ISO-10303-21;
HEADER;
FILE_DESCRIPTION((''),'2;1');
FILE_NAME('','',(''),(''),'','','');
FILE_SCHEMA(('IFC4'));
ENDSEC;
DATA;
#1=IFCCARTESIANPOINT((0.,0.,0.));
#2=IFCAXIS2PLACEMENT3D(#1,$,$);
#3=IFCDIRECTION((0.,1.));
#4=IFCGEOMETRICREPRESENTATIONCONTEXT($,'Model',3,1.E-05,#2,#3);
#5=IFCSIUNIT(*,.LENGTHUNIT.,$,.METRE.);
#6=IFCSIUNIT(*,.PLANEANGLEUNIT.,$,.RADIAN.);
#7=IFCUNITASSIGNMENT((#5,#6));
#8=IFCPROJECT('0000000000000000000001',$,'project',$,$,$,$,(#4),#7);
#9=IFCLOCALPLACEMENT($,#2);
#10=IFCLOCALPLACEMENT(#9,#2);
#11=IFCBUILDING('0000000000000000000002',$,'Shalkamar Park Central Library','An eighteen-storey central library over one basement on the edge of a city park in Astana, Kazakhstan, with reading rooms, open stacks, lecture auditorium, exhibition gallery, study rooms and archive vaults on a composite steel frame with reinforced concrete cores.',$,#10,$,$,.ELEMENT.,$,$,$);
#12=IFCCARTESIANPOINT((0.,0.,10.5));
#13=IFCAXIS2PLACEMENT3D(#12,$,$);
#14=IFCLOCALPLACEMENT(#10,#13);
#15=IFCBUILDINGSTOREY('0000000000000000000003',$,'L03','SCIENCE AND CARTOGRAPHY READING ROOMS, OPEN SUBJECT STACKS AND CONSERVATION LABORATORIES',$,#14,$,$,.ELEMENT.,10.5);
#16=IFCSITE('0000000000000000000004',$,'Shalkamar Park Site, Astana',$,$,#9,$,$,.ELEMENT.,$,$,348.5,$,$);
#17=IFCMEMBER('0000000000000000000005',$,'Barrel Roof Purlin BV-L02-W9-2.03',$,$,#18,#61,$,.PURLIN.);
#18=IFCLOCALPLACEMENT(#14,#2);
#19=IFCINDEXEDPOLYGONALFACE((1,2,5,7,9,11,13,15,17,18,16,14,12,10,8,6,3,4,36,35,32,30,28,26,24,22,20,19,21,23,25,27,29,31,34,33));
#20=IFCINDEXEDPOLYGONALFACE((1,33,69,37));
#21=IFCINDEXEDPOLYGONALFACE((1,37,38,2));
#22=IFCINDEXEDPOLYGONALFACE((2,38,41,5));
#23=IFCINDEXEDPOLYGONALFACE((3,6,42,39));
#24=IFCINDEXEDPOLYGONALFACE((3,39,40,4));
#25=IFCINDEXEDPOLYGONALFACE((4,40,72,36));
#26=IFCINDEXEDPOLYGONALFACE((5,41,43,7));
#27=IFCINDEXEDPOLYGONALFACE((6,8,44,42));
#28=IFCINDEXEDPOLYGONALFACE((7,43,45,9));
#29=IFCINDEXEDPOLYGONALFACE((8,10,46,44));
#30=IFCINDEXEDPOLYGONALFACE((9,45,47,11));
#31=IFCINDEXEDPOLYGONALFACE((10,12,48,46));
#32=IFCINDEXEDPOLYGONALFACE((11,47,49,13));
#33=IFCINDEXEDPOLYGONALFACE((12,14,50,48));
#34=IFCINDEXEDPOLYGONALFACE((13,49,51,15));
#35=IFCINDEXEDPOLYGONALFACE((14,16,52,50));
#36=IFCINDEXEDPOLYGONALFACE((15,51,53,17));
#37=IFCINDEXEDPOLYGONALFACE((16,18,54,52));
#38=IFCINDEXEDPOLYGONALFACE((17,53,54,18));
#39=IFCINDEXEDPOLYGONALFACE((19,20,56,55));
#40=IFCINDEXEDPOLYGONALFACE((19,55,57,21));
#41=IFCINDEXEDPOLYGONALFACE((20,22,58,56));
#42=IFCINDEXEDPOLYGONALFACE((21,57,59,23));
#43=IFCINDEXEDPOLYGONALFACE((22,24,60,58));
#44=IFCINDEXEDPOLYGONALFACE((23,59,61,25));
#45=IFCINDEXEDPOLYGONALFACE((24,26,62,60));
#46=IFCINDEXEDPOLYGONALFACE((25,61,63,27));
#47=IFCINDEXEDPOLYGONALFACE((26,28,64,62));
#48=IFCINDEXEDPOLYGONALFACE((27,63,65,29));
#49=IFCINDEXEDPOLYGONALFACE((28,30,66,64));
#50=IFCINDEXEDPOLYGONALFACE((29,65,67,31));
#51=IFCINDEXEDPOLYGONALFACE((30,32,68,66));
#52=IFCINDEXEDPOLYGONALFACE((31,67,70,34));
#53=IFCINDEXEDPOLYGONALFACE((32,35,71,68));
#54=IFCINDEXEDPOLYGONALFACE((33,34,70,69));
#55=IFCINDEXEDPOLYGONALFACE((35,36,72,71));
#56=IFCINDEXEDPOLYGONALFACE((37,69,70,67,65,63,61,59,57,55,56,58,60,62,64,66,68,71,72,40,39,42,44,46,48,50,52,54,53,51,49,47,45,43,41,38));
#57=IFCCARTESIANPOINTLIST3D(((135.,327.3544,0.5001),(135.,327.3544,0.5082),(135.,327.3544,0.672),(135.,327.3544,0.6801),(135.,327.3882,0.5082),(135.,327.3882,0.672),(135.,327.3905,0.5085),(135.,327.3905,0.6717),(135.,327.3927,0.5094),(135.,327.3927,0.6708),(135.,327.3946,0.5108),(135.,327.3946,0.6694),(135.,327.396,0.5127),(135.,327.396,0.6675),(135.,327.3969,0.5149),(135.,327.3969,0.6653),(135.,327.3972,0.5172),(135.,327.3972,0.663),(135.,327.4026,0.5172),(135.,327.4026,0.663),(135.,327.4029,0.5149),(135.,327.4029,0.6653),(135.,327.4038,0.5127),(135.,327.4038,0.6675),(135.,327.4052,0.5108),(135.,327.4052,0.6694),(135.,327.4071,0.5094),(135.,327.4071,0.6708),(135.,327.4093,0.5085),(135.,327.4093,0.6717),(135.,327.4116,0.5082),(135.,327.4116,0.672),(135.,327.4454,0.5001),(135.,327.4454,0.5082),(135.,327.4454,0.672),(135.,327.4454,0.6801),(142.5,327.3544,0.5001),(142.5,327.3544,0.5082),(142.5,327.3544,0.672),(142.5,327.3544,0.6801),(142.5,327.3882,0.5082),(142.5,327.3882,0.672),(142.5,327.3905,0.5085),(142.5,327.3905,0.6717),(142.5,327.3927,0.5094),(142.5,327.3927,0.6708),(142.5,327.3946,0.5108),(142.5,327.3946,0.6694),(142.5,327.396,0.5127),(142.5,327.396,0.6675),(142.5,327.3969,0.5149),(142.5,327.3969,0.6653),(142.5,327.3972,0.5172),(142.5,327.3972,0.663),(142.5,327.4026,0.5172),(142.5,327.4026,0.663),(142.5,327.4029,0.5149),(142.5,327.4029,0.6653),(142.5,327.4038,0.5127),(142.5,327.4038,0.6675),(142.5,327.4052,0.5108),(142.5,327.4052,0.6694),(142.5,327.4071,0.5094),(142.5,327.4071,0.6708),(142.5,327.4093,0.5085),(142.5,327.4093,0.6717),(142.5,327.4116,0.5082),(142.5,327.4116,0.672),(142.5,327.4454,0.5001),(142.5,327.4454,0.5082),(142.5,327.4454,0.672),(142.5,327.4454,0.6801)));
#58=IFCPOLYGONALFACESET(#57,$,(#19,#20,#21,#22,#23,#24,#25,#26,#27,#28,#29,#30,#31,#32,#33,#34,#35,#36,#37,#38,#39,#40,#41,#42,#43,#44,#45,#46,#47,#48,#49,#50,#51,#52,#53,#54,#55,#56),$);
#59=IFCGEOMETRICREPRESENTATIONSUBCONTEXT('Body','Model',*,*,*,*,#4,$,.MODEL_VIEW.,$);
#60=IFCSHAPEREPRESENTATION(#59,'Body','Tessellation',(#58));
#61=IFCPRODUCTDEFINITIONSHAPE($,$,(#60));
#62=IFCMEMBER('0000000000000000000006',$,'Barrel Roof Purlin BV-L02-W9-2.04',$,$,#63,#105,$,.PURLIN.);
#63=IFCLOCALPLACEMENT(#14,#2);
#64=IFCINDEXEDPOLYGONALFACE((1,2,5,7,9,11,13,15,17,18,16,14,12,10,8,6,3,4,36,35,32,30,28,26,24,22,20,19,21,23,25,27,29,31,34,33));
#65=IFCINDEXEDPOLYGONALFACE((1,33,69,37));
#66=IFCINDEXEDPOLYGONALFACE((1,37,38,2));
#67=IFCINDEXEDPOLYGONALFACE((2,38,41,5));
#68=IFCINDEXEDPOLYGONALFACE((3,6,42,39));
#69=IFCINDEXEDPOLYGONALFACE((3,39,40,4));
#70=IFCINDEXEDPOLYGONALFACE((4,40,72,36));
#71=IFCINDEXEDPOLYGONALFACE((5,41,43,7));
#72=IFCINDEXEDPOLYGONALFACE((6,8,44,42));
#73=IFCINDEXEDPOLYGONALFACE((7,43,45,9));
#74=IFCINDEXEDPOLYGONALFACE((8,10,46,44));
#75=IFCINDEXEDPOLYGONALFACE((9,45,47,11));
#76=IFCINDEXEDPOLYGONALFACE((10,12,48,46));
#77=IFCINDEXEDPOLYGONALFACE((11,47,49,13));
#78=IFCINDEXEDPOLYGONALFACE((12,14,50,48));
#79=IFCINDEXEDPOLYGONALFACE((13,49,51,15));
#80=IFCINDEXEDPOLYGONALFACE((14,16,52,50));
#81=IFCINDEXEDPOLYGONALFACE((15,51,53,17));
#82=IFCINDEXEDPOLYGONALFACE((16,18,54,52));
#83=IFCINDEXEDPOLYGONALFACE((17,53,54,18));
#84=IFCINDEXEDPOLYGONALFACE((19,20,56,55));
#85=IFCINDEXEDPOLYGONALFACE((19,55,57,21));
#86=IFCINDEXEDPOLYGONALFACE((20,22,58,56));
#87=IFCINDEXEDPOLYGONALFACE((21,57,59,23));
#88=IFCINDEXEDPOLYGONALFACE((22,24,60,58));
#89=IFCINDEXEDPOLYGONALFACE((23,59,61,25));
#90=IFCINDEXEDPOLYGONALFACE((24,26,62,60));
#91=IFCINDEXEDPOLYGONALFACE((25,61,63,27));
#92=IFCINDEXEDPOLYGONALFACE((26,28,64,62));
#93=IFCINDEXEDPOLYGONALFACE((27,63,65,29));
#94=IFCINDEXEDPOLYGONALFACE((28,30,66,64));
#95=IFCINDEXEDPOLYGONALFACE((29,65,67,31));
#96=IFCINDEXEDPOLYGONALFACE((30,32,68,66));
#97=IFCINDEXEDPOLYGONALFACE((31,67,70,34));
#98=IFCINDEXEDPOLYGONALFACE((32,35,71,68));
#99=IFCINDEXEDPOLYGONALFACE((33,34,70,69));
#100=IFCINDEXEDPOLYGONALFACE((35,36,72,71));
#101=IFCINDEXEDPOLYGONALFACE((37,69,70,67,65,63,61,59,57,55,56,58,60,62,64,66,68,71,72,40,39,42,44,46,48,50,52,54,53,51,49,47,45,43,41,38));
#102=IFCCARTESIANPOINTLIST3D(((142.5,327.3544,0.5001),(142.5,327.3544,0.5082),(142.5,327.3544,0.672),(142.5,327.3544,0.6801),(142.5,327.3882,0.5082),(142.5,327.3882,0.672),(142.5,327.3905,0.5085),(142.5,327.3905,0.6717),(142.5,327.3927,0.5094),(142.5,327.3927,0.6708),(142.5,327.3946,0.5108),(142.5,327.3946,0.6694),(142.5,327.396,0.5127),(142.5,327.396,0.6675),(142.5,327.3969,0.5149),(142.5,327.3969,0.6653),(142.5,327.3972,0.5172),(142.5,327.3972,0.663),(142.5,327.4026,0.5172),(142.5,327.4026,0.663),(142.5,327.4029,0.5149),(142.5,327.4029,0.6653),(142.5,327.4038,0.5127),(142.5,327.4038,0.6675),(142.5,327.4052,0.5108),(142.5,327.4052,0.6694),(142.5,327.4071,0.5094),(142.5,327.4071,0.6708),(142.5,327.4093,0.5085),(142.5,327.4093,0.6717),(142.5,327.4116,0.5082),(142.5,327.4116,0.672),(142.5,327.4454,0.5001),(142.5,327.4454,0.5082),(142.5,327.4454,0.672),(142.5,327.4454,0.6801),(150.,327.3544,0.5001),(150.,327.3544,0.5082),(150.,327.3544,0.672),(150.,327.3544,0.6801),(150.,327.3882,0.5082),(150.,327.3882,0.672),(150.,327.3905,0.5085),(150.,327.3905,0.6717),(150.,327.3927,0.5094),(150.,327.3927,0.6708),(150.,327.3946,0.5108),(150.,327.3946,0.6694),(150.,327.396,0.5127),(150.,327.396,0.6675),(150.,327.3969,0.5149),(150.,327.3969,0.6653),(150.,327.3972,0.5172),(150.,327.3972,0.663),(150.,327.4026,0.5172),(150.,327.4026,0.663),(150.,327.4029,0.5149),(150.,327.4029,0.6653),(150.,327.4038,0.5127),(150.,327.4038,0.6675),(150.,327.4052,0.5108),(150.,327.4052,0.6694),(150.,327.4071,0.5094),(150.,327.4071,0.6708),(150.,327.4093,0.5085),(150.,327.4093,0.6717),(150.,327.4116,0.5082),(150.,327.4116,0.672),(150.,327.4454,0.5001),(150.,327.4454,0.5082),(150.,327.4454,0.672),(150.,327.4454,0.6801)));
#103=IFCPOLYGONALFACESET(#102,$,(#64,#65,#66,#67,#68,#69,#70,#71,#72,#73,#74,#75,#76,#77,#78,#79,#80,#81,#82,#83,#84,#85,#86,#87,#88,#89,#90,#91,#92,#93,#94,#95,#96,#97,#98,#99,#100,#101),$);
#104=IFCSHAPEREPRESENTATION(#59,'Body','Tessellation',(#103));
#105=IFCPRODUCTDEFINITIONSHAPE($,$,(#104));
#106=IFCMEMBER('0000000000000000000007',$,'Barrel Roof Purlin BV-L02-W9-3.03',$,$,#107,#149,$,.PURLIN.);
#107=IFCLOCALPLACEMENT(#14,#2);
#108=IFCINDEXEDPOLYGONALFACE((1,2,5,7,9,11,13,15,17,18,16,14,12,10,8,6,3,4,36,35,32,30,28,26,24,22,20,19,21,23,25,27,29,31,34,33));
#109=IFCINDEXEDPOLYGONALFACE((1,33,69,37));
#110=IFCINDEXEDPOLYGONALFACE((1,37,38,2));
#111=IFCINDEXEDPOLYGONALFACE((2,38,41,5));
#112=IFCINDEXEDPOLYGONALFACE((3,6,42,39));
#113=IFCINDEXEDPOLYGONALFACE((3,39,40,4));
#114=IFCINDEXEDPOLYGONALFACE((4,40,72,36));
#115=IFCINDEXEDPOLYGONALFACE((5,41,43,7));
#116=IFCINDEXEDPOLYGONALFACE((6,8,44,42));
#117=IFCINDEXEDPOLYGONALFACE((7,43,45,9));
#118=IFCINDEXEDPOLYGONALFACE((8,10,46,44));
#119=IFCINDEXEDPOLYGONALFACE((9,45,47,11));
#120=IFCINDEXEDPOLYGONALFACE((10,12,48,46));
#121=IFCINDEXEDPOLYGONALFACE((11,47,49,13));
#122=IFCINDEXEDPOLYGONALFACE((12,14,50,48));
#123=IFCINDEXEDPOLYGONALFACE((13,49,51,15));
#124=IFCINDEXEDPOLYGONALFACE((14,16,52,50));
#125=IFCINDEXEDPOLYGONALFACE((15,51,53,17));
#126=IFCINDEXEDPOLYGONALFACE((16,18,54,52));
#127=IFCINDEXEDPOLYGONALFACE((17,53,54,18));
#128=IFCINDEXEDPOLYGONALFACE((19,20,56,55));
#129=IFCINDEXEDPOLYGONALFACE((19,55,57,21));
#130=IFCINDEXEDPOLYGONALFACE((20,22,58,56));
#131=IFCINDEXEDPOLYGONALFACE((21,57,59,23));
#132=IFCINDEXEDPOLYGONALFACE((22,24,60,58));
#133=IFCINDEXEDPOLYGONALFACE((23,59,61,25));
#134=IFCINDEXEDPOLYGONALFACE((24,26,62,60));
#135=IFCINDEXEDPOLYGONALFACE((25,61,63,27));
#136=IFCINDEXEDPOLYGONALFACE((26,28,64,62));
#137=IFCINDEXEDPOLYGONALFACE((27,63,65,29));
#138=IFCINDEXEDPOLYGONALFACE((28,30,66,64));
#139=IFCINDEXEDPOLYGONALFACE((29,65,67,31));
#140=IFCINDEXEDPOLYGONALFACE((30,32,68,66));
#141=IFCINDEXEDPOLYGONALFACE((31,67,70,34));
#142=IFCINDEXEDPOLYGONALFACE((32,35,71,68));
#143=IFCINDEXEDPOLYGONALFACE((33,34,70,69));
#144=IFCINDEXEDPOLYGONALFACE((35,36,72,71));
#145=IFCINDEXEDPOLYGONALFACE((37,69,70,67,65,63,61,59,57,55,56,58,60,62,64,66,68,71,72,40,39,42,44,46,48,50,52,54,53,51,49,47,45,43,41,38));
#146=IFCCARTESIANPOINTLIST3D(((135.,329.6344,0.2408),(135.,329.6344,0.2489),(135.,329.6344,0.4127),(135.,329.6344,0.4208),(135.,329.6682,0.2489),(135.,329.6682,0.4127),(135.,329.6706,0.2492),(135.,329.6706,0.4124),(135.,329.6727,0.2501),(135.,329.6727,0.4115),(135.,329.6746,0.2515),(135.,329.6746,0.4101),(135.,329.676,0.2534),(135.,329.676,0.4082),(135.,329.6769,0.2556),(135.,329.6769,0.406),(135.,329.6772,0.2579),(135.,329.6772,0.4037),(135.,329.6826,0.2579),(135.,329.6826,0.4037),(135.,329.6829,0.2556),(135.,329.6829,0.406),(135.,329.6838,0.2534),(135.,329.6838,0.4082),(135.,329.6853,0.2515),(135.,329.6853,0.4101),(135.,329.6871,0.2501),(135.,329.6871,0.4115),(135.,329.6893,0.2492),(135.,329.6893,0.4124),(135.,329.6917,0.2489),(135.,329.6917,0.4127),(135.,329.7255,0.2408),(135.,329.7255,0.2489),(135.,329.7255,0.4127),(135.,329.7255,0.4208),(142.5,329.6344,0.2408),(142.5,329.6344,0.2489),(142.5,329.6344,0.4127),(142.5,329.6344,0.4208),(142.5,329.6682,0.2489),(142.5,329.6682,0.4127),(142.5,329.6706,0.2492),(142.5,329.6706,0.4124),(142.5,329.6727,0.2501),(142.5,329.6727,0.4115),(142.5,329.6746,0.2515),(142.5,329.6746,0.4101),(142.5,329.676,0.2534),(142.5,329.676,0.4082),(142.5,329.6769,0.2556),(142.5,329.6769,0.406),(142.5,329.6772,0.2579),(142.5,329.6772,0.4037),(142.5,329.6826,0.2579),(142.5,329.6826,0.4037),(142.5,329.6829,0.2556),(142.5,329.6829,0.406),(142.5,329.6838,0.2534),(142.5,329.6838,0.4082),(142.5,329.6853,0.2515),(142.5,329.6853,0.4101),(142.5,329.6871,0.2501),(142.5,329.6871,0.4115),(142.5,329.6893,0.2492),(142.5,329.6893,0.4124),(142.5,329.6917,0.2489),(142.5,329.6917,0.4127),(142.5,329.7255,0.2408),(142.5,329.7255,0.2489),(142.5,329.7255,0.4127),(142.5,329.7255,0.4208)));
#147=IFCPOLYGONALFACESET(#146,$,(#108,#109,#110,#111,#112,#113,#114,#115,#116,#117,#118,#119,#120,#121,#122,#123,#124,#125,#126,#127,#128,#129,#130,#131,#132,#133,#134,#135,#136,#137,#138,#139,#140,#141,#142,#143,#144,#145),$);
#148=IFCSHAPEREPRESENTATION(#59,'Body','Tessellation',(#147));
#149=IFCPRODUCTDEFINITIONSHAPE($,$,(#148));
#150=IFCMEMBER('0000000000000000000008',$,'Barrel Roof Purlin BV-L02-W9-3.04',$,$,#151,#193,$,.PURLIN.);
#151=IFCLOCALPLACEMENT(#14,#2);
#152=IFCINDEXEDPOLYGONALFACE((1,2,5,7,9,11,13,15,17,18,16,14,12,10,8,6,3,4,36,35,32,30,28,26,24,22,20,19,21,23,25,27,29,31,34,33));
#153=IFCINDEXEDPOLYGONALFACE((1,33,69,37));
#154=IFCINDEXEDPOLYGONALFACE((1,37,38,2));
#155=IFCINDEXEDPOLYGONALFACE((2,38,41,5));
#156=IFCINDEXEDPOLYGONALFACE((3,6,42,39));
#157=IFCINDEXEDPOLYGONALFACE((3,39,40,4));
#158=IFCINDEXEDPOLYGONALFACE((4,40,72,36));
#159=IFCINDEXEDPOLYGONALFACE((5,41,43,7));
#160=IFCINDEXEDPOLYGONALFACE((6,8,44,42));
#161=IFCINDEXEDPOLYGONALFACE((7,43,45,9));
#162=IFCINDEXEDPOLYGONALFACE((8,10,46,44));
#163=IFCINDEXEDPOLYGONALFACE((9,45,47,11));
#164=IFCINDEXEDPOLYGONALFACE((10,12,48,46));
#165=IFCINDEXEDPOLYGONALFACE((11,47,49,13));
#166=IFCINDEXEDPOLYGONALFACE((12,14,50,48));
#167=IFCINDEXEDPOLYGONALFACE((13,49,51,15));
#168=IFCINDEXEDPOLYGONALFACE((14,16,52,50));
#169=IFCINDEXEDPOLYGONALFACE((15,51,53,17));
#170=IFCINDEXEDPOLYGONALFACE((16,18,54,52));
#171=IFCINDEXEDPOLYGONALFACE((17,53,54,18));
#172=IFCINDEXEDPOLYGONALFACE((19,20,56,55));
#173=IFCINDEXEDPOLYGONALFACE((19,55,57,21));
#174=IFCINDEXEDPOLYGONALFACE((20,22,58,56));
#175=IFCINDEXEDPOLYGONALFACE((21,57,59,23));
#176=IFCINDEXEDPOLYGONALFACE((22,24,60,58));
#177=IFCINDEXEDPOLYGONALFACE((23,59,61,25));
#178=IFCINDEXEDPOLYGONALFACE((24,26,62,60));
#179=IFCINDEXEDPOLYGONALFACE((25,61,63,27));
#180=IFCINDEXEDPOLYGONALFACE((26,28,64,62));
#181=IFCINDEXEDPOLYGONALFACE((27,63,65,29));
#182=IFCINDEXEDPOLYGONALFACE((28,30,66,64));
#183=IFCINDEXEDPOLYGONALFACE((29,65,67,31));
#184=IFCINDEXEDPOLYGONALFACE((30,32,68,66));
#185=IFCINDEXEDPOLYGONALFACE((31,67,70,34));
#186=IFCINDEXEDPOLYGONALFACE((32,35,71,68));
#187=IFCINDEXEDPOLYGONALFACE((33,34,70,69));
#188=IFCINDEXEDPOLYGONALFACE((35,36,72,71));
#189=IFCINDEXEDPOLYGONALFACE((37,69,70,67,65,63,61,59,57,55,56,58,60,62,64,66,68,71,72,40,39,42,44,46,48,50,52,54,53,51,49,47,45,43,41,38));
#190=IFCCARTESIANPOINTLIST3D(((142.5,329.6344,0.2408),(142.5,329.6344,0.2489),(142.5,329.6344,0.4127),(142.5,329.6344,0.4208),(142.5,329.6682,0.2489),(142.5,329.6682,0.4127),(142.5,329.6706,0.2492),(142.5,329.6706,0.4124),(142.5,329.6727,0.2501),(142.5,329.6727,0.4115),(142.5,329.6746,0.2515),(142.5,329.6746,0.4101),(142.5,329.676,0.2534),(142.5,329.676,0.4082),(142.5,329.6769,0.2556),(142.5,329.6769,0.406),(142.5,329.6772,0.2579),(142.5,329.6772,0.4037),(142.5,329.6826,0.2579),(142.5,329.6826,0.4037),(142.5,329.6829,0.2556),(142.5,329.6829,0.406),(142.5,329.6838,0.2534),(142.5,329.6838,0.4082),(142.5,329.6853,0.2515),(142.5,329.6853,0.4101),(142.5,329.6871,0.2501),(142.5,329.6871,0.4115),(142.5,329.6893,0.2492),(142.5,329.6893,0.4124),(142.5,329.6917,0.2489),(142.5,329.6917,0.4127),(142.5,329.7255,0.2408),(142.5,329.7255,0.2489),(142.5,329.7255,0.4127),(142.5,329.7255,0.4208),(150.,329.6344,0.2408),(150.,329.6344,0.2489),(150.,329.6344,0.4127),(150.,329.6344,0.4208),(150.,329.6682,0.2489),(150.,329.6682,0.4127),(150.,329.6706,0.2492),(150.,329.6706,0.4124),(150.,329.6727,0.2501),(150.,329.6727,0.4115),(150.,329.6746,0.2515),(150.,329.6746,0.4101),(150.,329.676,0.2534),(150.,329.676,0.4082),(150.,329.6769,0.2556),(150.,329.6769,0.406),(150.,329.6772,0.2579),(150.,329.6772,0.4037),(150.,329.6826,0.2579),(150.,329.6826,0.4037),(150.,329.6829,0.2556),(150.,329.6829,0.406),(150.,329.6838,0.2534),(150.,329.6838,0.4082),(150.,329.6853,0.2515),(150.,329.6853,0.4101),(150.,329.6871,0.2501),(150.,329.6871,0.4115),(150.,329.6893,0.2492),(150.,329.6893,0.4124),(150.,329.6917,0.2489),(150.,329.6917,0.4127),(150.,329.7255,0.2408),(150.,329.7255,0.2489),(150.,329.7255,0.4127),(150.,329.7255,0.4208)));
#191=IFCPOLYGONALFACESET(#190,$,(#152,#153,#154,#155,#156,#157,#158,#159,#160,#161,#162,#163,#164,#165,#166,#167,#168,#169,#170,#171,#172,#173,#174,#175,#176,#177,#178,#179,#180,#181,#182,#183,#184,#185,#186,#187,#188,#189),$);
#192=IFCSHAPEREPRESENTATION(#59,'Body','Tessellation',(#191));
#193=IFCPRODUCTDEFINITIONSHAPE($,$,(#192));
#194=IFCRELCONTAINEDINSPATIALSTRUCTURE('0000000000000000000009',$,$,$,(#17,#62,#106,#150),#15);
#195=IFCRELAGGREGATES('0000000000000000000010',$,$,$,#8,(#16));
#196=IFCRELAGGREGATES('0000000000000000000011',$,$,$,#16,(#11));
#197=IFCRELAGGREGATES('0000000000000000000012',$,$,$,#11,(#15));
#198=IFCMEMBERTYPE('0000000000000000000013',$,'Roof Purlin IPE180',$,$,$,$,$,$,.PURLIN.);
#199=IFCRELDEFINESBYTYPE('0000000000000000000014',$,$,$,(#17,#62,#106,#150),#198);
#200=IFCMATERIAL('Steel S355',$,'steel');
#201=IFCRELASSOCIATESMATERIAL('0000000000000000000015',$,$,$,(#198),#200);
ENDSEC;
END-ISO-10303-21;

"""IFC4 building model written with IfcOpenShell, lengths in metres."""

from ifc_helpers import new_model, si_unit, direction, frame, origin, origin_2d, place, context, subcontext, project, spatial, i_section, extrude, material, material_profile, profile_set, type_object, element, save


model = new_model("IFC4")

# Units and contexts
model_context = context("Model", 3, precision=1e-05, world=origin(), true_north=direction((0.0, 1.0)))
body_context = subcontext(model_context, "Body", "Model", "MODEL_VIEW")
ifc_project = project(units=[si_unit("LENGTHUNIT", "METRE"), si_unit("PLANEANGLEUNIT", "RADIAN")], contexts=[model_context])

# Site, building, storey
site_placement = place(None, origin())
site = spatial("IfcSite", under=ifc_project, at=site_placement, Name="Shalkamar Park Site, Astana", CompositionType="ELEMENT", RefElevation=348.5)
building_placement = place(site_placement, origin())
building = spatial("IfcBuilding", under=site, at=building_placement, Name="Shalkamar Park Central Library", Description="An eighteen-storey central library over one basement on the edge of a city park in Astana, Kazakhstan, with reading rooms, open stacks, lecture auditorium, exhibition gallery, study rooms and archive vaults on a composite steel frame with reinforced concrete cores.", CompositionType="ELEMENT")
storey_placement = place(building_placement, frame((0.0, 0.0, 10.5)))
storey = spatial("IfcBuildingStorey", under=building, at=storey_placement, Name="L03", Description="SCIENCE AND CARTOGRAPHY READING ROOMS, OPEN SUBJECT STACKS AND CONSERVATION LABORATORIES", CompositionType="ELEMENT", Elevation=10.5)

# Members
ifc_material_1 = material(Name="Steel S355", Category="steel")
ifc_material_profile_1 = material_profile(ifc_material_1, i_section(OverallWidth=0.0911, OverallDepth=0.1799, WebThickness=0.0054, FlangeThickness=0.0081, FilletRadius=0.009, at=origin_2d()), Name="IPE 180")
ifc_profile_set_1 = profile_set([ifc_material_profile_1], Name="Steel S355")
member_type_1 = type_object("IfcMemberType", Name="Roof Purlin IPE180", PredefinedType="PURLIN", material=ifc_profile_set_1)
for number, where, z_axis, x_axis, name in (
    (1, (135.0, 327.3999, 0.5901), (1.0, 0.0, 0.0), (0.0, 1.0, 0.0), "Barrel Roof Purlin BV-L02-W9-2.03"),
    (2, (142.5, 327.3999, 0.5901), (1.0, 0.0, 0.0), (0.0, 1.0, 0.0), "Barrel Roof Purlin BV-L02-W9-2.04"),
    (3, (135.0, 329.6799, 0.3308), (1.0, 0.0, 0.0), (0.0, 1.0, 0.0), "Barrel Roof Purlin BV-L02-W9-3.03"),
    (4, (142.5, 329.6799, 0.3308), (1.0, 0.0, 0.0), (0.0, 1.0, 0.0), "Barrel Roof Purlin BV-L02-W9-3.04"),
):
    element("IfcMember", number, at=place(storey_placement, frame(where, z_axis=z_axis, x_axis=x_axis)), inside=storey, type_object=member_type_1, Name=name, PredefinedType="PURLIN", context=body_context, shape_type="SweptSolid", body=[
        extrude(i_section(OverallWidth=0.0911, OverallDepth=0.1799, WebThickness=0.0054, FlangeThickness=0.0081, FilletRadius=0.009, at=origin_2d()), origin(), (0.0, 0.0, 1.0), 7.5),
    ])

save(model, "model.ifc")
